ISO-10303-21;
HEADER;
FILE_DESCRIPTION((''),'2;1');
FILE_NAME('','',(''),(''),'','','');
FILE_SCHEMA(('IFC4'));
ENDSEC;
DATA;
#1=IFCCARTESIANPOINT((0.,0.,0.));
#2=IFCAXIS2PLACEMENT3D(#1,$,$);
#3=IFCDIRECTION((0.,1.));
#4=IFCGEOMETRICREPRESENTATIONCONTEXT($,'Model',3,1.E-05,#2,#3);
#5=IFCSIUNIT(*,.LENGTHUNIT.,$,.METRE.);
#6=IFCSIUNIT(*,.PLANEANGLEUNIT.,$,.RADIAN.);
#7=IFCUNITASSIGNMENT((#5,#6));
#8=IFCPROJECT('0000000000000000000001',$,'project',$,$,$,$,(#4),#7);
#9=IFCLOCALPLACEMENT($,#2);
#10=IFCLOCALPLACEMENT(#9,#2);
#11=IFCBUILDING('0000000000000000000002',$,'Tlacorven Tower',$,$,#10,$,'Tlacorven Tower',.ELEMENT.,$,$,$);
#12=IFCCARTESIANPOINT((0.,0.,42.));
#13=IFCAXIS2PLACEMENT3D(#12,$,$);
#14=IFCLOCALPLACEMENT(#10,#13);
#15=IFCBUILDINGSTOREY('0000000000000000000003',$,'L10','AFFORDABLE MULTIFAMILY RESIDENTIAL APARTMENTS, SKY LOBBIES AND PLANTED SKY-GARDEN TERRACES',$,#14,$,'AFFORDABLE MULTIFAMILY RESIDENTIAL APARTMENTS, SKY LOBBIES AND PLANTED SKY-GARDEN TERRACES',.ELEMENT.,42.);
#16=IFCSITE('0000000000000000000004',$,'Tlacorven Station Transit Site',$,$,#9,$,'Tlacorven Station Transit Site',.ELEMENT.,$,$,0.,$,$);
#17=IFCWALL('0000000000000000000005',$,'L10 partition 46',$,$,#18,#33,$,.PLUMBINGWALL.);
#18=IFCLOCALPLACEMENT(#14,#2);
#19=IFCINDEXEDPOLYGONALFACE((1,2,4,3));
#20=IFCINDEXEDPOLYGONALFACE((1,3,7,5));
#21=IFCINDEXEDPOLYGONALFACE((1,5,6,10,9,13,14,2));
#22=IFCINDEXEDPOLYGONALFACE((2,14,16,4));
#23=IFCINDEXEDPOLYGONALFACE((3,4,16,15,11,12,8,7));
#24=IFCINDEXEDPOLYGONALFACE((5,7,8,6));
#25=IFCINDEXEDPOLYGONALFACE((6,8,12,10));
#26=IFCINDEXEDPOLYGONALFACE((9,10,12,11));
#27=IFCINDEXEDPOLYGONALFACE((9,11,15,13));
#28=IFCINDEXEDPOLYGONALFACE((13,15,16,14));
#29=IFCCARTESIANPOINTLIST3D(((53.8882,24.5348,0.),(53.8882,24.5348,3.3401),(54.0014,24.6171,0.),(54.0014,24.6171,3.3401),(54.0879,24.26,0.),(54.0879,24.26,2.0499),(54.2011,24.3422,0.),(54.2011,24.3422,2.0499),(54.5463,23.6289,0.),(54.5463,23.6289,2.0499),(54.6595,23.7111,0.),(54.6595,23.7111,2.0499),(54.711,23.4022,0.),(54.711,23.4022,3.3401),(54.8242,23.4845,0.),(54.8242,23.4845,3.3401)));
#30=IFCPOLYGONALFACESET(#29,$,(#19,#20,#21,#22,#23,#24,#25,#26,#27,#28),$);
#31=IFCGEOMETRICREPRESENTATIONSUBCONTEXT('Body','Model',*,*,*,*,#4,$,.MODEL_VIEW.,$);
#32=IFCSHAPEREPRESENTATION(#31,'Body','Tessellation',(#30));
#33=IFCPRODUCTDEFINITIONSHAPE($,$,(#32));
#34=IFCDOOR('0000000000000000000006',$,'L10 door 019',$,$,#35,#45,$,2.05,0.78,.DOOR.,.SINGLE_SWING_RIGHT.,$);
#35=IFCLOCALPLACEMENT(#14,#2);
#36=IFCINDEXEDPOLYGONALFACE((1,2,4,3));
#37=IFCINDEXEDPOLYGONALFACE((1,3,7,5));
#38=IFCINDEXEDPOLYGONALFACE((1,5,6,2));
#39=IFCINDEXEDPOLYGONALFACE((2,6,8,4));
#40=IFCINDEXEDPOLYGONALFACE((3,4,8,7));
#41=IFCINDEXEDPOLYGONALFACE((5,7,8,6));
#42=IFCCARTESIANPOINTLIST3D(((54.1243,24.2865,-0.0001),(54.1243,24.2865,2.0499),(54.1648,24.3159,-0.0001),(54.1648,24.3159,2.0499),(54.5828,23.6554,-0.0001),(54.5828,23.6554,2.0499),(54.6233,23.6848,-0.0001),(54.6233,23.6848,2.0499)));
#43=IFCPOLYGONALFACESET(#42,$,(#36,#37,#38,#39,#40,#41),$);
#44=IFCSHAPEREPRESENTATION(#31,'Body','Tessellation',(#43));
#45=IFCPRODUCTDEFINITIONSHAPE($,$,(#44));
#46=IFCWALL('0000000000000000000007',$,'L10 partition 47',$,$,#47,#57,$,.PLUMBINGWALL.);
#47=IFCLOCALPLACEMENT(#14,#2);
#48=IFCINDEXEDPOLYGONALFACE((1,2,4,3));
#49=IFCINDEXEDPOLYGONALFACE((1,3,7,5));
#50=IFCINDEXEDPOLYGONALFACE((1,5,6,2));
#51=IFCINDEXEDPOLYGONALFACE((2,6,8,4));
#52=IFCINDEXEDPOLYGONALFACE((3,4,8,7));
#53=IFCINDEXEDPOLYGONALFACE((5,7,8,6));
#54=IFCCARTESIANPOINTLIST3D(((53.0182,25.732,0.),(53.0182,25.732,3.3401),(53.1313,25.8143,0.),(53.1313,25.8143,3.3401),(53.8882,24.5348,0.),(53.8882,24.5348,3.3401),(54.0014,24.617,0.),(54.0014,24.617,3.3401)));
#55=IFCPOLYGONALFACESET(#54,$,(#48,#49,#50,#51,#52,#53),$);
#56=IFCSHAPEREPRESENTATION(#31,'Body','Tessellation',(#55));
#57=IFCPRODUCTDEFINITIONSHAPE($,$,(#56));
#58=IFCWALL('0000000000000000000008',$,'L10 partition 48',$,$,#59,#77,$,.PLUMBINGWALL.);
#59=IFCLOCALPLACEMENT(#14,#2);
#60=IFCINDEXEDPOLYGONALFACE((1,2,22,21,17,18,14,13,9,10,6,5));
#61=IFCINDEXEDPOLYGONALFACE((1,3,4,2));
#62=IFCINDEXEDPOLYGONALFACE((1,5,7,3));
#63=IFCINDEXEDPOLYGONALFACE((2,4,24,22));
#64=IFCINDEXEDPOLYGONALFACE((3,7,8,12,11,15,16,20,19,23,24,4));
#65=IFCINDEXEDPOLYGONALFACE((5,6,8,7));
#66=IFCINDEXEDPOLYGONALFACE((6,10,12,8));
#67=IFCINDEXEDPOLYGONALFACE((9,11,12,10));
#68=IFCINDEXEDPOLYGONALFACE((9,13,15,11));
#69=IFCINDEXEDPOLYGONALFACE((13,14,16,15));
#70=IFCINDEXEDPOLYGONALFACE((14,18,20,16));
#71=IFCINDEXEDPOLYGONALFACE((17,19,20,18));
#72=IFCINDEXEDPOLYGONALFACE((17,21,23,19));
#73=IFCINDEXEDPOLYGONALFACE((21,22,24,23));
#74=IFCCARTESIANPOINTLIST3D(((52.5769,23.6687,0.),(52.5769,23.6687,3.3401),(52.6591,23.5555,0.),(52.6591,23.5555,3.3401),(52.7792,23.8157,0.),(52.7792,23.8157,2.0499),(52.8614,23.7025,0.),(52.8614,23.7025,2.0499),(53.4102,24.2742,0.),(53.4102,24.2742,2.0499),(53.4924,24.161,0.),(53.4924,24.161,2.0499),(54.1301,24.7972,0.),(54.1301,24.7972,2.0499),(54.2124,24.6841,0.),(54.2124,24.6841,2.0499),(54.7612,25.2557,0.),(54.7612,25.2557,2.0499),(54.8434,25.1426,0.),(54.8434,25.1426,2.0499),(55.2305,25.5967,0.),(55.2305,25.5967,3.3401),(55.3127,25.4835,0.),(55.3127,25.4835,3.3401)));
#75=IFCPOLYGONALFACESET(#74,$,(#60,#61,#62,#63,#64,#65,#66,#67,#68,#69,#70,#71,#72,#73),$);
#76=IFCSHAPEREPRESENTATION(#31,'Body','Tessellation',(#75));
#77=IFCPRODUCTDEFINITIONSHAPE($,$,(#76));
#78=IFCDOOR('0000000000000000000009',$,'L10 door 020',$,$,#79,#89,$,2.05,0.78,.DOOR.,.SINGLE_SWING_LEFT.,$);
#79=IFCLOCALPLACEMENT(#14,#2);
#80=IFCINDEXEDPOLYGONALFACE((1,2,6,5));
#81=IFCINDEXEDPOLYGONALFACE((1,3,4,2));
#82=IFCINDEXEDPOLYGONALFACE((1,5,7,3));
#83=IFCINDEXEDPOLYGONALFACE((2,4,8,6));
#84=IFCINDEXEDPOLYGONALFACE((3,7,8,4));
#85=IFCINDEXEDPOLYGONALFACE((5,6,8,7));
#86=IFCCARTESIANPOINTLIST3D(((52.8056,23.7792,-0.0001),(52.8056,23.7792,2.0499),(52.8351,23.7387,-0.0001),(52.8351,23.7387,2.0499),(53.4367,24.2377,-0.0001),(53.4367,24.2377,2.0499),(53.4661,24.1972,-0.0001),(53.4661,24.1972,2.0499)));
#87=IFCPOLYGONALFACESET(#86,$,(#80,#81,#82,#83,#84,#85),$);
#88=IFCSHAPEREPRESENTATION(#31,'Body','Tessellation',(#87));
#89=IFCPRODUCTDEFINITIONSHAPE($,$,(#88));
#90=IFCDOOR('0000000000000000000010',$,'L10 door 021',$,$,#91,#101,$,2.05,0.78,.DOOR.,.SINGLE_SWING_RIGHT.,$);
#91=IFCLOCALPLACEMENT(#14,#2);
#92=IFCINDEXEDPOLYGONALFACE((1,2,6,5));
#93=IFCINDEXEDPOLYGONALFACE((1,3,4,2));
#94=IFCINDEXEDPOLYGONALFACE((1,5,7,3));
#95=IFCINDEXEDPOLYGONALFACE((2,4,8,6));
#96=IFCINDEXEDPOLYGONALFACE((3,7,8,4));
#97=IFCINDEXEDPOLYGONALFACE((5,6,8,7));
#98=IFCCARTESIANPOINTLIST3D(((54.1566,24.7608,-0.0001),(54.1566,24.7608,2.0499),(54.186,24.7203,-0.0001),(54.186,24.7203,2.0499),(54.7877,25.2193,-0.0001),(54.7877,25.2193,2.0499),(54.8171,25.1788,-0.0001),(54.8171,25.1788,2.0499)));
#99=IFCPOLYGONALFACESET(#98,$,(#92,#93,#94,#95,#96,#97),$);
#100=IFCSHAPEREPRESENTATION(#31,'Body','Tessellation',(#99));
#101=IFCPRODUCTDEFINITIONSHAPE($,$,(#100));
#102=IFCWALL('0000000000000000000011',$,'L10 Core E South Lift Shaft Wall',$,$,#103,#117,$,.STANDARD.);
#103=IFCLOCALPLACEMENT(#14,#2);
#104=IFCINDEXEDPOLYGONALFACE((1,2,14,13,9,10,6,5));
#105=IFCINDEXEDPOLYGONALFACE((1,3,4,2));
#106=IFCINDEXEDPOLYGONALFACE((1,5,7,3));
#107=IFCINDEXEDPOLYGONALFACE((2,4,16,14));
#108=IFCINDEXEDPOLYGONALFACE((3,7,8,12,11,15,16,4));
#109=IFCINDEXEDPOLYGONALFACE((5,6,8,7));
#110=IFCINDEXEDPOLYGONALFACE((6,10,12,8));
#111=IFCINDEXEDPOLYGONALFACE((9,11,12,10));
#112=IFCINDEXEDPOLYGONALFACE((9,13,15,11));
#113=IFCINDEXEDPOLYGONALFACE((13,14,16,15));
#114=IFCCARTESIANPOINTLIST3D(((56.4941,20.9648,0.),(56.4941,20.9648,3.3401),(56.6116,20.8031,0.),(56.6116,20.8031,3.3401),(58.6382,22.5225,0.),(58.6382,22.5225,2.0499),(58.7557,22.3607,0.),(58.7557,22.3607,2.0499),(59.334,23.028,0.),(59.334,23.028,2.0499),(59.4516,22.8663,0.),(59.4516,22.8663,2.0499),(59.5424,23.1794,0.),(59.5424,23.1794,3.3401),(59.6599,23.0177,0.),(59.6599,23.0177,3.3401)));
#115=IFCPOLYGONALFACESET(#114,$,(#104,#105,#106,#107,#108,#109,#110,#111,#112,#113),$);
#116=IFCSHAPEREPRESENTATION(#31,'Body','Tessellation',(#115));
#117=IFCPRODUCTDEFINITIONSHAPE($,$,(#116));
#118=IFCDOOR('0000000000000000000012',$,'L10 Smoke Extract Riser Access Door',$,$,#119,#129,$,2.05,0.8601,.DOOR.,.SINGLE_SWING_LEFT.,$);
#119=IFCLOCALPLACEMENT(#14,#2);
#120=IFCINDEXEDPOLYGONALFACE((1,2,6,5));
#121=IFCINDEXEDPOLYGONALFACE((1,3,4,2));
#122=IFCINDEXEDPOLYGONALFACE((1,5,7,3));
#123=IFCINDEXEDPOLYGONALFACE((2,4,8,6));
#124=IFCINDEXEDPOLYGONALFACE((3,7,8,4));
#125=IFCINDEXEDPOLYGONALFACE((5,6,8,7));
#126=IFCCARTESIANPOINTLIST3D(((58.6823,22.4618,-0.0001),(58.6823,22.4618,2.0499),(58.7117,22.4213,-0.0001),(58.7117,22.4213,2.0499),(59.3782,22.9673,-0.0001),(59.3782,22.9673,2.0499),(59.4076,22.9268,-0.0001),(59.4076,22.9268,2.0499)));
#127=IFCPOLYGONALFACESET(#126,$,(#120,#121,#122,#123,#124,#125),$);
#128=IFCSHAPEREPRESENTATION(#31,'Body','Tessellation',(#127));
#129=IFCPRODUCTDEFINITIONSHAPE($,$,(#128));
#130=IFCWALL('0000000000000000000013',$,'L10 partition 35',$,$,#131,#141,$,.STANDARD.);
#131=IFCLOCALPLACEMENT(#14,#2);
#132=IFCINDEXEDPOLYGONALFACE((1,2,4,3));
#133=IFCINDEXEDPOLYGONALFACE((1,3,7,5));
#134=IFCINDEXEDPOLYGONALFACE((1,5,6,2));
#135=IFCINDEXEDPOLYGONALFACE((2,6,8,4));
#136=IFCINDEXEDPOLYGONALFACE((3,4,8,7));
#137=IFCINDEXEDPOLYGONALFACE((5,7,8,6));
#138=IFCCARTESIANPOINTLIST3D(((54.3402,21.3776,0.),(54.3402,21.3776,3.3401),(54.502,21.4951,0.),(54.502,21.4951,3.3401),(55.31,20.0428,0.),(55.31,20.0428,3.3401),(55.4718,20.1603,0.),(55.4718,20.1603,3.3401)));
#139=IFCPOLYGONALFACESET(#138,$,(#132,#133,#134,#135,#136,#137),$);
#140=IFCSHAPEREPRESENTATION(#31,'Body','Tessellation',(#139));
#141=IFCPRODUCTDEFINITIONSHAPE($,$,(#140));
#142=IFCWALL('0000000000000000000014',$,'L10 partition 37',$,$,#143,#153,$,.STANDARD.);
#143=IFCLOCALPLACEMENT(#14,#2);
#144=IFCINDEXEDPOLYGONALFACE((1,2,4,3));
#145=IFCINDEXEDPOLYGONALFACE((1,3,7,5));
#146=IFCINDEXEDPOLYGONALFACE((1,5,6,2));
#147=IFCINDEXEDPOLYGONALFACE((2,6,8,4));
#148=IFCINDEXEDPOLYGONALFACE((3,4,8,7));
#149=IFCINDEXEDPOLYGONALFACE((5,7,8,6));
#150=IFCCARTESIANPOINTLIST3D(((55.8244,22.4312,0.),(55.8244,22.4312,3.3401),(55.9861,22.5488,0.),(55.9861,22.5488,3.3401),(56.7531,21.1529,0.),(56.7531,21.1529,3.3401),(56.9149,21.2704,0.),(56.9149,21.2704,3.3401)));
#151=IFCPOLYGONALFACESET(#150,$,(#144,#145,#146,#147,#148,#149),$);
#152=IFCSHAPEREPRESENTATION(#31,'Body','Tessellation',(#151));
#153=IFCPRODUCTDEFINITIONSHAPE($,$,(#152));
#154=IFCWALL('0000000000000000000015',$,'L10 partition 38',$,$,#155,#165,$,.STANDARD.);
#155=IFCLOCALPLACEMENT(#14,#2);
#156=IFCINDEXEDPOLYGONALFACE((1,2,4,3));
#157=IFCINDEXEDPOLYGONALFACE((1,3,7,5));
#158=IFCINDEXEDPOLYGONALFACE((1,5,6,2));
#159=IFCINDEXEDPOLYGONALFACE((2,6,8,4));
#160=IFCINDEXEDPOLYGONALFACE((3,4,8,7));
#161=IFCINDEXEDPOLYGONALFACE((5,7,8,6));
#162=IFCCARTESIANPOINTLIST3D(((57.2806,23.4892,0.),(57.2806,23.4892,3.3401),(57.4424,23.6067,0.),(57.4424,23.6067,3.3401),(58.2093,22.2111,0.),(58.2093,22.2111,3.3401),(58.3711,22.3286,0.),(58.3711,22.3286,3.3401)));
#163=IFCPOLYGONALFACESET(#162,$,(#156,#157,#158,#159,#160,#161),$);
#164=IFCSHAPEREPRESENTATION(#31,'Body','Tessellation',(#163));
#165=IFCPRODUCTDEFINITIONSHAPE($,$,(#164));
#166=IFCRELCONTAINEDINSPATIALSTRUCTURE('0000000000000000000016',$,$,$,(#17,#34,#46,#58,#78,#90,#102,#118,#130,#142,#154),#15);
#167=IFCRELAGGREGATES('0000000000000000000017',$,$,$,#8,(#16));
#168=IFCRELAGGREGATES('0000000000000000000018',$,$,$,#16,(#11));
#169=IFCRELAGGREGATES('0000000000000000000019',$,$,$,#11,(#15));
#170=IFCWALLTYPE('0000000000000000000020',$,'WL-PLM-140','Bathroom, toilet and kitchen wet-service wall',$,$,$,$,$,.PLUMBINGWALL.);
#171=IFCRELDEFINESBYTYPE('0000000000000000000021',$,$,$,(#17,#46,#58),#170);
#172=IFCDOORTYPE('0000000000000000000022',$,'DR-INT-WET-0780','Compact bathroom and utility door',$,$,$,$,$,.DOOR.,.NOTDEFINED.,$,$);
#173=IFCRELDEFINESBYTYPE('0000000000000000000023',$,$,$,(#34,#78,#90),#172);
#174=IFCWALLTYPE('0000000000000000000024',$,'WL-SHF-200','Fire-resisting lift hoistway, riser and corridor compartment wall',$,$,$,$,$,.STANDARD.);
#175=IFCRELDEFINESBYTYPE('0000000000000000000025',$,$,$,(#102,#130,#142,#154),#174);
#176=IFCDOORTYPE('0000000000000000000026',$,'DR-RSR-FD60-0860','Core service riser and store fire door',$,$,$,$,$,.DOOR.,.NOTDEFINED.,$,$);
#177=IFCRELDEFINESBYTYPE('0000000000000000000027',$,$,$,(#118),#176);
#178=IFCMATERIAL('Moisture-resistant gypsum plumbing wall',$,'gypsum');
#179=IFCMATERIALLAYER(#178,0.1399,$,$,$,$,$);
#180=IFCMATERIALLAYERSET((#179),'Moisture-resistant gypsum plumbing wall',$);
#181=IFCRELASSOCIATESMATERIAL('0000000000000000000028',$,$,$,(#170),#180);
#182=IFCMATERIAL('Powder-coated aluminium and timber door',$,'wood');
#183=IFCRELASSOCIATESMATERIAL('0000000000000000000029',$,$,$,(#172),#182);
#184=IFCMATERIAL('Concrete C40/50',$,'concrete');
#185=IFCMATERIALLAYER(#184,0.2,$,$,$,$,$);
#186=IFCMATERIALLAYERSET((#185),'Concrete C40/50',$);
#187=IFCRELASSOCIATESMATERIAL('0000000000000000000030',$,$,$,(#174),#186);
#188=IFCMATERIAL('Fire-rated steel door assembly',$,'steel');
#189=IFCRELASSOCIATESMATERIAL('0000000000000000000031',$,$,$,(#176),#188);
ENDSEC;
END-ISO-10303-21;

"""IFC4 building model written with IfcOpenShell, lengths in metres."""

from ifc_helpers import new_model, si_unit, direction, frame, frame_2d, origin, place, context, subcontext, project, spatial, rectangle, extrude, source, transform, mapped, material, layer, layer_set, type_object, element, fill, save


model = new_model("IFC4")

# Units and contexts
model_context = context("Model", 3, precision=1e-05, world=origin(), true_north=direction((0.0, 1.0)))
body_context = subcontext(model_context, "Body", "Model", "MODEL_VIEW")
ifc_project = project(units=[si_unit("LENGTHUNIT", "METRE"), si_unit("PLANEANGLEUNIT", "RADIAN")], contexts=[model_context])

# Site, building, storey
site_placement = place(None, origin())
site = spatial("IfcSite", under=ifc_project, at=site_placement, Name="Tlacorven Station Transit Site", LongName="Tlacorven Station Transit Site", CompositionType="ELEMENT", RefElevation=0.0)
building_placement = place(site_placement, origin())
building = spatial("IfcBuilding", under=site, at=building_placement, Name="Tlacorven Tower", LongName="Tlacorven Tower", CompositionType="ELEMENT")
storey_placement = place(building_placement, frame((0.0, 0.0, 42.0)))
storey = spatial("IfcBuildingStorey", under=building, at=storey_placement, Name="L10", Description="AFFORDABLE MULTIFAMILY RESIDENTIAL APARTMENTS, SKY LOBBIES AND PLANTED SKY-GARDEN TERRACES", LongName="AFFORDABLE MULTIFAMILY RESIDENTIAL APARTMENTS, SKY LOBBIES AND PLANTED SKY-GARDEN TERRACES", CompositionType="ELEMENT", Elevation=42.0)

# Wall, opening, door
ifc_material_1 = material(Name="Moisture-resistant gypsum plumbing wall", Category="gypsum")
ifc_layer_1 = layer(ifc_material_1, 0.1399)
ifc_layer_set_1 = layer_set([ifc_layer_1], Name="Moisture-resistant gypsum plumbing wall")
wall_type_1 = type_object("IfcWallType", Name="WL-PLM-140", Description="Bathroom, toilet and kitchen wet-service wall", PredefinedType="PLUMBINGWALL", material=ifc_layer_set_1)
wall_1_placement = place(storey_placement, frame((54.7676, 23.4434, 0.0), z_axis=(0.0, 0.0, 1.0), x_axis=(-0.587736, 0.809053, 0.0)))
wall_1 = element("IfcWall", 1, at=wall_1_placement, inside=storey, type_object=wall_type_1, Name="L10 partition 46", PredefinedType="PLUMBINGWALL", context=body_context, shape_type="SweptSolid", body=[
    extrude(rectangle(XDim=1.3999, YDim=0.1399, at=frame_2d((0.7, 0.0))), origin(), (0.0, 0.0, 1.0), 3.3401),
])
opening_1_placement = place(wall_1_placement, frame((0.28, 0.0, 0.0)))
opening_1 = element("IfcOpeningElement", 2, at=opening_1_placement, cuts=wall_1, PredefinedType="OPENING", context=body_context, shape_type="SweptSolid", body=[
    extrude(rectangle(XDim=0.78, YDim=2.05, at=frame_2d((0.3901, 1.0249))), frame((0.0, 0.0801, 0.0), z_axis=(0.0, -1.0, 0.0), x_axis=(1.0, 0.0, 0.0)), (0.0, 0.0, 1.0), 0.1599),
])
ifc_material_2 = material(Name="Powder-coated aluminium and timber door", Category="wood")
door_type_1 = type_object("IfcDoorType", Name="DR-INT-WET-0780", Description="Compact bathroom and utility door", OperationType="NOTDEFINED", PredefinedType="DOOR", material=ifc_material_2)
shared_shape_1 = source(origin(), body_context, "Body", "SweptSolid", [
    extrude(rectangle(XDim=0.78, YDim=2.05, at=frame_2d((0.3901, 1.0249))), frame((0.0, 0.0249, 0.0), z_axis=(0.0, -1.0, 0.0), x_axis=(1.0, 0.0, 0.0)), (0.0, 0.0, 1.0), 0.05),
])
door_1_placement = place(opening_1_placement, origin())
door_1 = element("IfcDoor", 3, at=door_1_placement, inside=storey, type_object=door_type_1, Name="L10 door 019", OperationType="SINGLE_SWING_RIGHT", OverallHeight=2.05, OverallWidth=0.78, PredefinedType="DOOR", context=body_context, shape_type="MappedRepresentation", body=[
    mapped(shared_shape_1, transform((0.0, 0.0, 0.0), scale=1.0)),
])
fill(opening_1, door_1)

# Wall
wall_2_placement = place(storey_placement, frame((53.9448, 24.5759, 0.0), z_axis=(0.0, 0.0, 1.0), x_axis=(-0.587897, 0.808936, 0.0)))
element("IfcWall", 4, at=wall_2_placement, inside=storey, type_object=wall_type_1, Name="L10 partition 47", PredefinedType="PLUMBINGWALL", context=body_context, shape_type="SweptSolid", body=[
    extrude(rectangle(XDim=1.48, YDim=0.1399, at=frame_2d((0.74, 0.0))), origin(), (0.0, 0.0, 1.0), 3.3401),
])

# Wall, openings, doors
wall_3_placement = place(storey_placement, frame((52.6179, 23.6121, 0.0), z_axis=(0.0, 0.0, 1.0), x_axis=(0.80901, 0.587795, 0.0)))
wall_3 = element("IfcWall", 5, at=wall_3_placement, inside=storey, type_object=wall_type_1, Name="L10 partition 48", PredefinedType="PLUMBINGWALL", context=body_context, shape_type="SweptSolid", body=[
    extrude(rectangle(XDim=3.28, YDim=0.1399, at=frame_2d((1.6401, 0.0))), origin(), (0.0, 0.0, 1.0), 3.3401),
])
opening_2_placement = place(wall_3_placement, frame((0.25, 0.0, 0.0)))
opening_2 = element("IfcOpeningElement", 6, at=opening_2_placement, cuts=wall_3, PredefinedType="OPENING", context=body_context, shape_type="SweptSolid", body=[
    extrude(rectangle(XDim=0.78, YDim=2.05, at=frame_2d((0.3901, 1.0249))), frame((0.0, 0.0801, 0.0), z_axis=(0.0, -1.0, 0.0), x_axis=(1.0, 0.0, 0.0)), (0.0, 0.0, 1.0), 0.1599),
])
opening_3_placement = place(wall_3_placement, frame((1.9199, 0.0, 0.0)))
opening_3 = element("IfcOpeningElement", 7, at=opening_3_placement, cuts=wall_3, PredefinedType="OPENING", context=body_context, shape_type="SweptSolid", body=[
    extrude(rectangle(XDim=0.78, YDim=2.05, at=frame_2d((0.3901, 1.0249))), frame((0.0, 0.0801, 0.0), z_axis=(0.0, -1.0, 0.0), x_axis=(1.0, 0.0, 0.0)), (0.0, 0.0, 1.0), 0.1599),
])
door_2_placement = place(opening_2_placement, origin())
door_2 = element("IfcDoor", 8, at=door_2_placement, inside=storey, type_object=door_type_1, Name="L10 door 020", OperationType="SINGLE_SWING_LEFT", OverallHeight=2.05, OverallWidth=0.78, PredefinedType="DOOR", context=body_context, shape_type="MappedRepresentation", body=[
    mapped(shared_shape_1, transform((0.0, 0.0, 0.0), scale=1.0)),
])
fill(opening_2, door_2)
door_3_placement = place(opening_3_placement, origin())
door_3 = element("IfcDoor", 9, at=door_3_placement, inside=storey, type_object=door_type_1, Name="L10 door 021", OperationType="SINGLE_SWING_RIGHT", OverallHeight=2.05, OverallWidth=0.78, PredefinedType="DOOR", context=body_context, shape_type="MappedRepresentation", body=[
    mapped(shared_shape_1, transform((0.0, 0.0, 0.0), scale=1.0)),
])
fill(opening_3, door_3)

# Wall, opening, door
ifc_material_3 = material(Name="Concrete C40/50", Category="concrete")
ifc_layer_2 = layer(ifc_material_3, 0.2)
ifc_layer_set_2 = layer_set([ifc_layer_2], Name="Concrete C40/50")
wall_type_2 = type_object("IfcWallType", Name="WL-SHF-200", Description="Fire-resisting lift hoistway, riser and corridor compartment wall", PredefinedType="STANDARD", material=ifc_layer_set_2)
wall_4_placement = place(storey_placement, frame((56.553, 20.884, 0.0), z_axis=(0.0, 0.0, 1.0), x_axis=(0.809036, 0.587759, 0.0)))
wall_4 = element("IfcWall", 10, at=wall_4_placement, inside=storey, type_object=wall_type_2, Name="L10 Core E South Lift Shaft Wall", PredefinedType="STANDARD", context=body_context, shape_type="SweptSolid", body=[
    extrude(rectangle(XDim=3.7678, YDim=0.2, at=frame_2d((1.8838, 0.0))), origin(), (0.0, 0.0, 1.0), 3.3401),
])
opening_4_placement = place(wall_4_placement, frame((2.6499, 0.0, 0.0)))
opening_4 = element("IfcOpeningElement", 11, at=opening_4_placement, cuts=wall_4, PredefinedType="OPENING", context=body_context, shape_type="SweptSolid", body=[
    extrude(rectangle(XDim=0.8601, YDim=2.05, at=frame_2d((0.4302, 1.0249))), frame((0.0, 0.1099, 0.0), z_axis=(0.0, -1.0, 0.0), x_axis=(1.0, 0.0, 0.0)), (0.0, 0.0, 1.0), 0.22),
])
ifc_material_4 = material(Name="Fire-rated steel door assembly", Category="steel")
door_type_2 = type_object("IfcDoorType", Name="DR-RSR-FD60-0860", Description="Core service riser and store fire door", OperationType="NOTDEFINED", PredefinedType="DOOR", material=ifc_material_4)
shared_shape_2 = source(origin(), body_context, "Body", "SweptSolid", [
    extrude(rectangle(XDim=0.8601, YDim=2.05, at=frame_2d((0.4302, 1.0249))), frame((0.0, 0.0249, 0.0), z_axis=(0.0, -1.0, 0.0), x_axis=(1.0, 0.0, 0.0)), (0.0, 0.0, 1.0), 0.05),
])
door_4_placement = place(opening_4_placement, origin())
door_4 = element("IfcDoor", 12, at=door_4_placement, inside=storey, type_object=door_type_2, Name="L10 Smoke Extract Riser Access Door", OperationType="SINGLE_SWING_LEFT", OverallHeight=2.05, OverallWidth=0.8601, PredefinedType="DOOR", context=body_context, shape_type="MappedRepresentation", body=[
    mapped(shared_shape_2, transform((0.0, 0.0, 0.0), scale=1.0)),
])
fill(opening_4, door_4)

# Walls
wall_5_placement = place(storey_placement, frame((55.3909, 20.1016, 0.0), z_axis=(0.0, 0.0, 1.0), x_axis=(-0.587784, 0.809018, 0.0)))
element("IfcWall", 13, at=wall_5_placement, inside=storey, type_object=wall_type_2, Name="L10 partition 35", PredefinedType="STANDARD", context=body_context, shape_type="SweptSolid", body=[
    extrude(rectangle(XDim=1.6499, YDim=0.2, at=frame_2d((0.825, 0.0))), origin(), (0.0, 0.0, 1.0), 3.3401),
])
wall_6_placement = place(storey_placement, frame((56.834, 21.2117, 0.0), z_axis=(0.0, 0.0, 1.0), x_axis=(-0.587767, 0.80903, 0.0)))
element("IfcWall", 14, at=wall_6_placement, inside=storey, type_object=wall_type_2, Name="L10 partition 37", PredefinedType="STANDARD", context=body_context, shape_type="SweptSolid", body=[
    extrude(rectangle(XDim=1.5801, YDim=0.2, at=frame_2d((0.79, 0.0))), origin(), (0.0, 0.0, 1.0), 3.3401),
])
wall_7_placement = place(storey_placement, frame((58.2903, 22.2698, 0.0), z_axis=(0.0, 0.0, 1.0), x_axis=(-0.587841, 0.808977, 0.0)))
element("IfcWall", 15, at=wall_7_placement, inside=storey, type_object=wall_type_2, Name="L10 partition 38", PredefinedType="STANDARD", context=body_context, shape_type="SweptSolid", body=[
    extrude(rectangle(XDim=1.5798, YDim=0.2, at=frame_2d((0.79, 0.0))), origin(), (0.0, 0.0, 1.0), 3.3401),
])

save(model, "model.ifc")
